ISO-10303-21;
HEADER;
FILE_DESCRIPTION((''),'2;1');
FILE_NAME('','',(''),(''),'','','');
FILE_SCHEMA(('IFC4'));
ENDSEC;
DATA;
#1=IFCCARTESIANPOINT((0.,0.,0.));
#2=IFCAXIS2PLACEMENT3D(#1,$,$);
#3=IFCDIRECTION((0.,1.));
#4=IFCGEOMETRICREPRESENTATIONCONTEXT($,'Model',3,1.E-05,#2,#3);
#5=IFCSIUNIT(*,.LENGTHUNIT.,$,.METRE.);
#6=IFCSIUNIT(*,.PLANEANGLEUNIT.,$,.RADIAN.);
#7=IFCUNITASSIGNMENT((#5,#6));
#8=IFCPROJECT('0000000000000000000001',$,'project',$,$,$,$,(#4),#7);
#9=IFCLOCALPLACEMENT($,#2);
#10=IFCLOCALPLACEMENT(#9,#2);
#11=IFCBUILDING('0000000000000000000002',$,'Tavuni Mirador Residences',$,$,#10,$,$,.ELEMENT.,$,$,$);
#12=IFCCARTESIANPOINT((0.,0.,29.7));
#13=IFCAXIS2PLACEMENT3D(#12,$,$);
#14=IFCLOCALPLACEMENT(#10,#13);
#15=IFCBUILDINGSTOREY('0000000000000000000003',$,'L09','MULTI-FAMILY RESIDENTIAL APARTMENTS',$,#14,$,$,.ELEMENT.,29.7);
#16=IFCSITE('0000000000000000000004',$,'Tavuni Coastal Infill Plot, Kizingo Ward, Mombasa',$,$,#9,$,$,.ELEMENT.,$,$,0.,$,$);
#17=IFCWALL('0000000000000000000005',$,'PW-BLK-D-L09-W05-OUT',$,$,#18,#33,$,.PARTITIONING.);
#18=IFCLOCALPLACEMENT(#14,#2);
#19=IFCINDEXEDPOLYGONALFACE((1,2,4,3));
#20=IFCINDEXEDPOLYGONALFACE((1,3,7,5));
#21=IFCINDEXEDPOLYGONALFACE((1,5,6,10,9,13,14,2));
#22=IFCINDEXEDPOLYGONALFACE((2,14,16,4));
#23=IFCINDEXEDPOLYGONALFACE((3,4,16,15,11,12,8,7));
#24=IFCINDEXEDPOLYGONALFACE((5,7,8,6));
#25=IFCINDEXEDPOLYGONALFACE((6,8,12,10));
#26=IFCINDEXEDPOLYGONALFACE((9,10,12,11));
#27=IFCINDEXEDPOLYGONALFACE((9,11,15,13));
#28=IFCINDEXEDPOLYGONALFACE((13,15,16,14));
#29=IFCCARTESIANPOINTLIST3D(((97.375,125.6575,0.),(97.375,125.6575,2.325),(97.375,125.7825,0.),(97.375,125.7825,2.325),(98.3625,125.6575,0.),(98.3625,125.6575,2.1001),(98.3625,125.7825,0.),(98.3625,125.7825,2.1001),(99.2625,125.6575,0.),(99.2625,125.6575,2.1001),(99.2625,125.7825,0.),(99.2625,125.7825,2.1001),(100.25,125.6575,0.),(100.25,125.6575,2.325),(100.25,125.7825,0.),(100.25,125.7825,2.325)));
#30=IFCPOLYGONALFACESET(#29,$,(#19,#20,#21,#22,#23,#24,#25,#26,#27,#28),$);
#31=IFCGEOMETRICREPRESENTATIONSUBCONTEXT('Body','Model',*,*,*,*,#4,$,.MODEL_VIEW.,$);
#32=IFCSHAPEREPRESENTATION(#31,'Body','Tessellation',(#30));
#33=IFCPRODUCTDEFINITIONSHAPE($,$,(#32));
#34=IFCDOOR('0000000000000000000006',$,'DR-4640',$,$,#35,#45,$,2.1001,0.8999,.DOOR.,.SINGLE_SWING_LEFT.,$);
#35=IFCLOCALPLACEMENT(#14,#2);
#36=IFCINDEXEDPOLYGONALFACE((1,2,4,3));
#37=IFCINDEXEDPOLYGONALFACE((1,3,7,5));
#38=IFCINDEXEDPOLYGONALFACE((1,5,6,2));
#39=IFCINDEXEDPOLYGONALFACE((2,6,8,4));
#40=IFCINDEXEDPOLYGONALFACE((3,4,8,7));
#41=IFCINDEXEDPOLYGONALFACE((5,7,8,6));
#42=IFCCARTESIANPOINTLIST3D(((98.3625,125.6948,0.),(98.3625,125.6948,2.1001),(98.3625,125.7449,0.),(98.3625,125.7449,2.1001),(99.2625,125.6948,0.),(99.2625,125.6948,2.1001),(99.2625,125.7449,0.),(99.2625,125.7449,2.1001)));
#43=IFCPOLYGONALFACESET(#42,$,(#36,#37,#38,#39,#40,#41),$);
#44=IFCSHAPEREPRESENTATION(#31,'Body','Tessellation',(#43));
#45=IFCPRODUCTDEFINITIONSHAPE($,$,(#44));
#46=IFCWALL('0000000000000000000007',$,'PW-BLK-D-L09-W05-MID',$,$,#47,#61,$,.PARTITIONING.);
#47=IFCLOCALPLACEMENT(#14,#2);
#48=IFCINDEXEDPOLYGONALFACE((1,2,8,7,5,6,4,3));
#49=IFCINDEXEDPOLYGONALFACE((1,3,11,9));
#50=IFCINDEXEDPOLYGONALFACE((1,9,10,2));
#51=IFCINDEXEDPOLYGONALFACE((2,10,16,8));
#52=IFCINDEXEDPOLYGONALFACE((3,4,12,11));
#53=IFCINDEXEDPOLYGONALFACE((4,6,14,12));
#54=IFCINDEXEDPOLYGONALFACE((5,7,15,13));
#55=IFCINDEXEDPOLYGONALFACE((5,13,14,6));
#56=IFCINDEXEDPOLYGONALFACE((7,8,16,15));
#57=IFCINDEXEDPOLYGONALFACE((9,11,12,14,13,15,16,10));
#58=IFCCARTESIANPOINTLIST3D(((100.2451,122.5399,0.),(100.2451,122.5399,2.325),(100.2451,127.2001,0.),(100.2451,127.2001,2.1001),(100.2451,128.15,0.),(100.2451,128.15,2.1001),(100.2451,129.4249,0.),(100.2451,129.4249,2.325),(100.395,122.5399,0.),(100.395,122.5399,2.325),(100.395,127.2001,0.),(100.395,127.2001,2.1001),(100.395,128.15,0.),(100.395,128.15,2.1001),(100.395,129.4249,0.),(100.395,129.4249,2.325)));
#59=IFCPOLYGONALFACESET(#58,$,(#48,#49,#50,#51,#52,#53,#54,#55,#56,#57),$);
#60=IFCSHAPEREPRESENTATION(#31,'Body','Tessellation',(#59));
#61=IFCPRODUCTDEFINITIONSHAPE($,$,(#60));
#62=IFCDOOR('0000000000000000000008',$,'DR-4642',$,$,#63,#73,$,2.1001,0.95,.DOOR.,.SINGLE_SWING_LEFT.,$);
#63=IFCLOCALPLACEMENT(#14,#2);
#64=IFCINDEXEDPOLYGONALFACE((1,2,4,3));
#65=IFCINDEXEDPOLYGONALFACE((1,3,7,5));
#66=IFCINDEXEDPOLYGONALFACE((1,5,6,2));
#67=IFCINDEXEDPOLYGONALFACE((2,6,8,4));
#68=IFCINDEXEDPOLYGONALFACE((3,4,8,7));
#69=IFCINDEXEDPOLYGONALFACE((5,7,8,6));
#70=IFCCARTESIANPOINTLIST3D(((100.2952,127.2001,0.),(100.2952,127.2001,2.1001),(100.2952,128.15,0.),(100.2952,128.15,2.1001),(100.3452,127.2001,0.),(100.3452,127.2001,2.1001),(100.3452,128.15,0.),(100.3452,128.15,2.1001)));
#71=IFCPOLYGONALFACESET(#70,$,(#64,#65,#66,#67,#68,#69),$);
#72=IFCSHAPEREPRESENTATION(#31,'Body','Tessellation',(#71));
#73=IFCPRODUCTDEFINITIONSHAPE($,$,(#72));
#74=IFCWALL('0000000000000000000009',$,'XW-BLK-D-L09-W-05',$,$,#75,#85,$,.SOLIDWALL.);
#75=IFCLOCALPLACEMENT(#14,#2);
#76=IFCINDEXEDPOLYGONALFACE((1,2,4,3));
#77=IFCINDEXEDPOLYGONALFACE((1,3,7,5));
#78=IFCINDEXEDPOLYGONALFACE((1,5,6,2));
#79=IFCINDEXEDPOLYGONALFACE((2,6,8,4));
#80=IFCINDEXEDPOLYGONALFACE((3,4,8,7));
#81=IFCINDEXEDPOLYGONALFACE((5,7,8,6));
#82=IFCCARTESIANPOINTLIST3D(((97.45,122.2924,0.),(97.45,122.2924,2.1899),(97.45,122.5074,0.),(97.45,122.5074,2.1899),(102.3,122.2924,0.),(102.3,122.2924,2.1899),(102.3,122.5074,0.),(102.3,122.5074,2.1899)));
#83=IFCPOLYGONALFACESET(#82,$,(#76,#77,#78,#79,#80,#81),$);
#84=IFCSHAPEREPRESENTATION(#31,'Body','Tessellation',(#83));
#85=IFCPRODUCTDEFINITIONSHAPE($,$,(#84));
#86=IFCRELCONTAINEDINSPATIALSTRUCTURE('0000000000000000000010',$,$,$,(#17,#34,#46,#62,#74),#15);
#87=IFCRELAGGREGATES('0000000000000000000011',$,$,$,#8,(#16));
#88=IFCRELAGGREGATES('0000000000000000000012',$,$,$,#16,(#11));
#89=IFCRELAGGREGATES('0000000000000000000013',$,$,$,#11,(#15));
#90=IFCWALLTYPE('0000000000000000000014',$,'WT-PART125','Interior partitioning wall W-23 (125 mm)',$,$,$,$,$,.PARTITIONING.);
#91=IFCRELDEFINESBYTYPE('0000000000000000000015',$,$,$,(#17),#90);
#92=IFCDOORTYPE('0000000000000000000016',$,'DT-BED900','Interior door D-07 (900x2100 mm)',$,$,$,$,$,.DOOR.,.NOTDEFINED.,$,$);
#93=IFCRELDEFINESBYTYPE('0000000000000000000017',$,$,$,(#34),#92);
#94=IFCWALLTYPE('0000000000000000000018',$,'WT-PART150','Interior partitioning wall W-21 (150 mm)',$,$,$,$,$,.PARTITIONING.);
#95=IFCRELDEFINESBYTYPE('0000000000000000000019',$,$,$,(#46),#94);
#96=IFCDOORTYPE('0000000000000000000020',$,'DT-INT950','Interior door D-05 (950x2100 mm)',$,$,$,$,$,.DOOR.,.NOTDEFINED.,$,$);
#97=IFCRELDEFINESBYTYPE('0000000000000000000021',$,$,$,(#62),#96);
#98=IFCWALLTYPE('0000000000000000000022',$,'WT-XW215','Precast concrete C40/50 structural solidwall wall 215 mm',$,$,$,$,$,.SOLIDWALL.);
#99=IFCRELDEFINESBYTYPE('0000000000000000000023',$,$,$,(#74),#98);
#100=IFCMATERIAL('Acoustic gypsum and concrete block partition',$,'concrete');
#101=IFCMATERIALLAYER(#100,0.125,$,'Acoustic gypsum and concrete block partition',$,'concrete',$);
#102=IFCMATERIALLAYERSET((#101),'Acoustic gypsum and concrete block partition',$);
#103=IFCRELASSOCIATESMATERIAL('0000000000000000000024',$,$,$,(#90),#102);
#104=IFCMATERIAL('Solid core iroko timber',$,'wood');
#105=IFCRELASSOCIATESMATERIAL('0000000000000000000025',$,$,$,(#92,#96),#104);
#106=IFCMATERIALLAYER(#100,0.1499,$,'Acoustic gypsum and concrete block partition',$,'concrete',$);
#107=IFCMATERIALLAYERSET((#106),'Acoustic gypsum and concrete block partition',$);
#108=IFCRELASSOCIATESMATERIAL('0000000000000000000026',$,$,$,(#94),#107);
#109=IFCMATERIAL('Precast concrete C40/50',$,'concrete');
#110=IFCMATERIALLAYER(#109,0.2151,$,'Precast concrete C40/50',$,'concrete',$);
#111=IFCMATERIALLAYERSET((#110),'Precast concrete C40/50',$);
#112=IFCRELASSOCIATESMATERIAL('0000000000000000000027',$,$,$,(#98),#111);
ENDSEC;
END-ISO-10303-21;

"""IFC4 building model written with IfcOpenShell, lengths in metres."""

from ifc_helpers import new_model, si_unit, direction, frame, frame_2d, origin, place, context, subcontext, project, spatial, rectangle, extrude, material, layer, layer_set, type_object, element, fill, save


model = new_model("IFC4")

# Units and contexts
model_context = context("Model", 3, precision=1e-05, world=origin(), true_north=direction((0.0, 1.0)))
body_context = subcontext(model_context, "Body", "Model", "MODEL_VIEW")
ifc_project = project(units=[si_unit("LENGTHUNIT", "METRE"), si_unit("PLANEANGLEUNIT", "RADIAN")], contexts=[model_context])

# Site, building, storey
site_placement = place(None, origin())
site = spatial("IfcSite", under=ifc_project, at=site_placement, Name="Tavuni Coastal Infill Plot, Kizingo Ward, Mombasa", CompositionType="ELEMENT", RefElevation=0.0)
building_placement = place(site_placement, origin())
building = spatial("IfcBuilding", under=site, at=building_placement, Name="Tavuni Mirador Residences", CompositionType="ELEMENT")
storey_placement = place(building_placement, frame((0.0, 0.0, 29.7)))
storey = spatial("IfcBuildingStorey", under=building, at=storey_placement, Name="L09", Description="MULTI-FAMILY RESIDENTIAL APARTMENTS", CompositionType="ELEMENT", Elevation=29.7)

# Shared definitions
ifc_material_1 = material(Name="Precast concrete C40/50", Category="concrete")

# Shared definitions
ifc_material_2 = material(Name="Solid core iroko timber", Category="wood")

# Walls, openings, doors
ifc_material_3 = material(Name="Acoustic gypsum and concrete block partition", Category="concrete")
ifc_layer_1 = layer(ifc_material_3, 0.125, Name="Acoustic gypsum and concrete block partition", Category="concrete")
ifc_layer_set_1 = layer_set([ifc_layer_1], Name="Acoustic gypsum and concrete block partition")
wall_type_1 = type_object("IfcWallType", Name="WT-PART125", Description="Interior partitioning wall W-23 (125 mm)", PredefinedType="PARTITIONING", material=ifc_layer_set_1)
wall_1_placement = place(storey_placement, frame((97.375, 125.72, 0.0), z_axis=(0.0, 0.0, 1.0), x_axis=(1.0, 0.0, 0.0)))
wall_1 = element("IfcWall", 1, at=wall_1_placement, inside=storey, type_object=wall_type_1, Name="PW-BLK-D-L09-W05-OUT", PredefinedType="PARTITIONING", context=body_context, shape_type="SweptSolid", body=[
    extrude(rectangle(XDim=2.875, YDim=0.125, at=frame_2d((1.4375, 0.0))), origin(), (0.0, 0.0, 1.0), 2.325),
])
opening_1_placement = place(wall_1_placement, frame((0.9875, 0.0, 0.0)))
opening_1 = element("IfcOpeningElement", 2, at=opening_1_placement, cuts=wall_1, PredefinedType="OPENING", context=body_context, shape_type="SweptSolid", body=[
    extrude(rectangle(XDim=0.8999, YDim=2.1001, at=frame_2d((0.45, 1.05))), frame((0.0, 0.0725, 0.0), z_axis=(0.0, -1.0, 0.0), x_axis=(1.0, 0.0, 0.0)), (0.0, 0.0, 1.0), 0.145),
])
door_type_1 = type_object("IfcDoorType", Name="DT-BED900", Description="Interior door D-07 (900x2100 mm)", OperationType="NOTDEFINED", PredefinedType="DOOR", material=ifc_material_2)
door_1_placement = place(opening_1_placement, origin())
door_1 = element("IfcDoor", 3, at=door_1_placement, inside=storey, type_object=door_type_1, Name="DR-4640", OperationType="SINGLE_SWING_LEFT", OverallHeight=2.1001, OverallWidth=0.8999, PredefinedType="DOOR", context=body_context, shape_type="SweptSolid", body=[
    extrude(rectangle(XDim=0.8999, YDim=2.1001, at=frame_2d((0.45, 1.05))), frame((0.0, 0.0249, 0.0), z_axis=(0.0, -1.0, 0.0), x_axis=(1.0, 0.0, 0.0)), (0.0, 0.0, 1.0), 0.05),
])
fill(opening_1, door_1)
ifc_layer_2 = layer(ifc_material_3, 0.1499, Name="Acoustic gypsum and concrete block partition", Category="concrete")
ifc_layer_set_2 = layer_set([ifc_layer_2], Name="Acoustic gypsum and concrete block partition")
wall_type_2 = type_object("IfcWallType", Name="WT-PART150", Description="Interior partitioning wall W-21 (150 mm)", PredefinedType="PARTITIONING", material=ifc_layer_set_2)
wall_2_placement = place(storey_placement, frame((100.3201, 122.54, 0.0), z_axis=(0.0, 0.0, 1.0), x_axis=(0.0, 1.0, 0.0)))
wall_2 = element("IfcWall", 4, at=wall_2_placement, inside=storey, type_object=wall_type_2, Name="PW-BLK-D-L09-W05-MID", PredefinedType="PARTITIONING", context=body_context, shape_type="SweptSolid", body=[
    extrude(rectangle(XDim=6.885, YDim=0.1499, at=frame_2d((3.4424, 0.0))), origin(), (0.0, 0.0, 1.0), 2.325),
])
opening_2_placement = place(wall_2_placement, frame((4.6599, 0.0, 0.0)))
opening_2 = element("IfcOpeningElement", 5, at=opening_2_placement, cuts=wall_2, PredefinedType="OPENING", context=body_context, shape_type="SweptSolid", body=[
    extrude(rectangle(XDim=0.95, YDim=2.1001, at=frame_2d((0.4751, 1.05))), frame((0.0, 0.085, 0.0), z_axis=(0.0, -1.0, 0.0), x_axis=(1.0, 0.0, 0.0)), (0.0, 0.0, 1.0), 0.1699),
])
door_type_2 = type_object("IfcDoorType", Name="DT-INT950", Description="Interior door D-05 (950x2100 mm)", OperationType="NOTDEFINED", PredefinedType="DOOR", material=ifc_material_2)
door_2_placement = place(opening_2_placement, origin())
door_2 = element("IfcDoor", 6, at=door_2_placement, inside=storey, type_object=door_type_2, Name="DR-4642", OperationType="SINGLE_SWING_LEFT", OverallHeight=2.1001, OverallWidth=0.95, PredefinedType="DOOR", context=body_context, shape_type="SweptSolid", body=[
    extrude(rectangle(XDim=0.95, YDim=2.1001, at=frame_2d((0.4751, 1.05))), frame((0.0, 0.0249, 0.0), z_axis=(0.0, -1.0, 0.0), x_axis=(1.0, 0.0, 0.0)), (0.0, 0.0, 1.0), 0.05),
])
fill(opening_2, door_2)

# Wall
ifc_layer_3 = layer(ifc_material_1, 0.2151, Name="Precast concrete C40/50", Category="concrete")
ifc_layer_set_3 = layer_set([ifc_layer_3], Name="Precast concrete C40/50")
wall_type_3 = type_object("IfcWallType", Name="WT-XW215", Description="Precast concrete C40/50 structural solidwall wall 215 mm", PredefinedType="SOLIDWALL", material=ifc_layer_set_3)
wall_3_placement = place(storey_placement, frame((97.45, 122.3999, 0.0), z_axis=(0.0, 0.0, 1.0), x_axis=(1.0, 0.0, 0.0)))
element("IfcWall", 7, at=wall_3_placement, inside=storey, type_object=wall_type_3, Name="XW-BLK-D-L09-W-05", PredefinedType="SOLIDWALL", context=body_context, shape_type="SweptSolid", body=[
    extrude(rectangle(XDim=4.8501, YDim=0.2151, at=frame_2d((2.425, 0.0))), origin(), (0.0, 0.0, 1.0), 2.1899),
])

save(model, "model.ifc")
